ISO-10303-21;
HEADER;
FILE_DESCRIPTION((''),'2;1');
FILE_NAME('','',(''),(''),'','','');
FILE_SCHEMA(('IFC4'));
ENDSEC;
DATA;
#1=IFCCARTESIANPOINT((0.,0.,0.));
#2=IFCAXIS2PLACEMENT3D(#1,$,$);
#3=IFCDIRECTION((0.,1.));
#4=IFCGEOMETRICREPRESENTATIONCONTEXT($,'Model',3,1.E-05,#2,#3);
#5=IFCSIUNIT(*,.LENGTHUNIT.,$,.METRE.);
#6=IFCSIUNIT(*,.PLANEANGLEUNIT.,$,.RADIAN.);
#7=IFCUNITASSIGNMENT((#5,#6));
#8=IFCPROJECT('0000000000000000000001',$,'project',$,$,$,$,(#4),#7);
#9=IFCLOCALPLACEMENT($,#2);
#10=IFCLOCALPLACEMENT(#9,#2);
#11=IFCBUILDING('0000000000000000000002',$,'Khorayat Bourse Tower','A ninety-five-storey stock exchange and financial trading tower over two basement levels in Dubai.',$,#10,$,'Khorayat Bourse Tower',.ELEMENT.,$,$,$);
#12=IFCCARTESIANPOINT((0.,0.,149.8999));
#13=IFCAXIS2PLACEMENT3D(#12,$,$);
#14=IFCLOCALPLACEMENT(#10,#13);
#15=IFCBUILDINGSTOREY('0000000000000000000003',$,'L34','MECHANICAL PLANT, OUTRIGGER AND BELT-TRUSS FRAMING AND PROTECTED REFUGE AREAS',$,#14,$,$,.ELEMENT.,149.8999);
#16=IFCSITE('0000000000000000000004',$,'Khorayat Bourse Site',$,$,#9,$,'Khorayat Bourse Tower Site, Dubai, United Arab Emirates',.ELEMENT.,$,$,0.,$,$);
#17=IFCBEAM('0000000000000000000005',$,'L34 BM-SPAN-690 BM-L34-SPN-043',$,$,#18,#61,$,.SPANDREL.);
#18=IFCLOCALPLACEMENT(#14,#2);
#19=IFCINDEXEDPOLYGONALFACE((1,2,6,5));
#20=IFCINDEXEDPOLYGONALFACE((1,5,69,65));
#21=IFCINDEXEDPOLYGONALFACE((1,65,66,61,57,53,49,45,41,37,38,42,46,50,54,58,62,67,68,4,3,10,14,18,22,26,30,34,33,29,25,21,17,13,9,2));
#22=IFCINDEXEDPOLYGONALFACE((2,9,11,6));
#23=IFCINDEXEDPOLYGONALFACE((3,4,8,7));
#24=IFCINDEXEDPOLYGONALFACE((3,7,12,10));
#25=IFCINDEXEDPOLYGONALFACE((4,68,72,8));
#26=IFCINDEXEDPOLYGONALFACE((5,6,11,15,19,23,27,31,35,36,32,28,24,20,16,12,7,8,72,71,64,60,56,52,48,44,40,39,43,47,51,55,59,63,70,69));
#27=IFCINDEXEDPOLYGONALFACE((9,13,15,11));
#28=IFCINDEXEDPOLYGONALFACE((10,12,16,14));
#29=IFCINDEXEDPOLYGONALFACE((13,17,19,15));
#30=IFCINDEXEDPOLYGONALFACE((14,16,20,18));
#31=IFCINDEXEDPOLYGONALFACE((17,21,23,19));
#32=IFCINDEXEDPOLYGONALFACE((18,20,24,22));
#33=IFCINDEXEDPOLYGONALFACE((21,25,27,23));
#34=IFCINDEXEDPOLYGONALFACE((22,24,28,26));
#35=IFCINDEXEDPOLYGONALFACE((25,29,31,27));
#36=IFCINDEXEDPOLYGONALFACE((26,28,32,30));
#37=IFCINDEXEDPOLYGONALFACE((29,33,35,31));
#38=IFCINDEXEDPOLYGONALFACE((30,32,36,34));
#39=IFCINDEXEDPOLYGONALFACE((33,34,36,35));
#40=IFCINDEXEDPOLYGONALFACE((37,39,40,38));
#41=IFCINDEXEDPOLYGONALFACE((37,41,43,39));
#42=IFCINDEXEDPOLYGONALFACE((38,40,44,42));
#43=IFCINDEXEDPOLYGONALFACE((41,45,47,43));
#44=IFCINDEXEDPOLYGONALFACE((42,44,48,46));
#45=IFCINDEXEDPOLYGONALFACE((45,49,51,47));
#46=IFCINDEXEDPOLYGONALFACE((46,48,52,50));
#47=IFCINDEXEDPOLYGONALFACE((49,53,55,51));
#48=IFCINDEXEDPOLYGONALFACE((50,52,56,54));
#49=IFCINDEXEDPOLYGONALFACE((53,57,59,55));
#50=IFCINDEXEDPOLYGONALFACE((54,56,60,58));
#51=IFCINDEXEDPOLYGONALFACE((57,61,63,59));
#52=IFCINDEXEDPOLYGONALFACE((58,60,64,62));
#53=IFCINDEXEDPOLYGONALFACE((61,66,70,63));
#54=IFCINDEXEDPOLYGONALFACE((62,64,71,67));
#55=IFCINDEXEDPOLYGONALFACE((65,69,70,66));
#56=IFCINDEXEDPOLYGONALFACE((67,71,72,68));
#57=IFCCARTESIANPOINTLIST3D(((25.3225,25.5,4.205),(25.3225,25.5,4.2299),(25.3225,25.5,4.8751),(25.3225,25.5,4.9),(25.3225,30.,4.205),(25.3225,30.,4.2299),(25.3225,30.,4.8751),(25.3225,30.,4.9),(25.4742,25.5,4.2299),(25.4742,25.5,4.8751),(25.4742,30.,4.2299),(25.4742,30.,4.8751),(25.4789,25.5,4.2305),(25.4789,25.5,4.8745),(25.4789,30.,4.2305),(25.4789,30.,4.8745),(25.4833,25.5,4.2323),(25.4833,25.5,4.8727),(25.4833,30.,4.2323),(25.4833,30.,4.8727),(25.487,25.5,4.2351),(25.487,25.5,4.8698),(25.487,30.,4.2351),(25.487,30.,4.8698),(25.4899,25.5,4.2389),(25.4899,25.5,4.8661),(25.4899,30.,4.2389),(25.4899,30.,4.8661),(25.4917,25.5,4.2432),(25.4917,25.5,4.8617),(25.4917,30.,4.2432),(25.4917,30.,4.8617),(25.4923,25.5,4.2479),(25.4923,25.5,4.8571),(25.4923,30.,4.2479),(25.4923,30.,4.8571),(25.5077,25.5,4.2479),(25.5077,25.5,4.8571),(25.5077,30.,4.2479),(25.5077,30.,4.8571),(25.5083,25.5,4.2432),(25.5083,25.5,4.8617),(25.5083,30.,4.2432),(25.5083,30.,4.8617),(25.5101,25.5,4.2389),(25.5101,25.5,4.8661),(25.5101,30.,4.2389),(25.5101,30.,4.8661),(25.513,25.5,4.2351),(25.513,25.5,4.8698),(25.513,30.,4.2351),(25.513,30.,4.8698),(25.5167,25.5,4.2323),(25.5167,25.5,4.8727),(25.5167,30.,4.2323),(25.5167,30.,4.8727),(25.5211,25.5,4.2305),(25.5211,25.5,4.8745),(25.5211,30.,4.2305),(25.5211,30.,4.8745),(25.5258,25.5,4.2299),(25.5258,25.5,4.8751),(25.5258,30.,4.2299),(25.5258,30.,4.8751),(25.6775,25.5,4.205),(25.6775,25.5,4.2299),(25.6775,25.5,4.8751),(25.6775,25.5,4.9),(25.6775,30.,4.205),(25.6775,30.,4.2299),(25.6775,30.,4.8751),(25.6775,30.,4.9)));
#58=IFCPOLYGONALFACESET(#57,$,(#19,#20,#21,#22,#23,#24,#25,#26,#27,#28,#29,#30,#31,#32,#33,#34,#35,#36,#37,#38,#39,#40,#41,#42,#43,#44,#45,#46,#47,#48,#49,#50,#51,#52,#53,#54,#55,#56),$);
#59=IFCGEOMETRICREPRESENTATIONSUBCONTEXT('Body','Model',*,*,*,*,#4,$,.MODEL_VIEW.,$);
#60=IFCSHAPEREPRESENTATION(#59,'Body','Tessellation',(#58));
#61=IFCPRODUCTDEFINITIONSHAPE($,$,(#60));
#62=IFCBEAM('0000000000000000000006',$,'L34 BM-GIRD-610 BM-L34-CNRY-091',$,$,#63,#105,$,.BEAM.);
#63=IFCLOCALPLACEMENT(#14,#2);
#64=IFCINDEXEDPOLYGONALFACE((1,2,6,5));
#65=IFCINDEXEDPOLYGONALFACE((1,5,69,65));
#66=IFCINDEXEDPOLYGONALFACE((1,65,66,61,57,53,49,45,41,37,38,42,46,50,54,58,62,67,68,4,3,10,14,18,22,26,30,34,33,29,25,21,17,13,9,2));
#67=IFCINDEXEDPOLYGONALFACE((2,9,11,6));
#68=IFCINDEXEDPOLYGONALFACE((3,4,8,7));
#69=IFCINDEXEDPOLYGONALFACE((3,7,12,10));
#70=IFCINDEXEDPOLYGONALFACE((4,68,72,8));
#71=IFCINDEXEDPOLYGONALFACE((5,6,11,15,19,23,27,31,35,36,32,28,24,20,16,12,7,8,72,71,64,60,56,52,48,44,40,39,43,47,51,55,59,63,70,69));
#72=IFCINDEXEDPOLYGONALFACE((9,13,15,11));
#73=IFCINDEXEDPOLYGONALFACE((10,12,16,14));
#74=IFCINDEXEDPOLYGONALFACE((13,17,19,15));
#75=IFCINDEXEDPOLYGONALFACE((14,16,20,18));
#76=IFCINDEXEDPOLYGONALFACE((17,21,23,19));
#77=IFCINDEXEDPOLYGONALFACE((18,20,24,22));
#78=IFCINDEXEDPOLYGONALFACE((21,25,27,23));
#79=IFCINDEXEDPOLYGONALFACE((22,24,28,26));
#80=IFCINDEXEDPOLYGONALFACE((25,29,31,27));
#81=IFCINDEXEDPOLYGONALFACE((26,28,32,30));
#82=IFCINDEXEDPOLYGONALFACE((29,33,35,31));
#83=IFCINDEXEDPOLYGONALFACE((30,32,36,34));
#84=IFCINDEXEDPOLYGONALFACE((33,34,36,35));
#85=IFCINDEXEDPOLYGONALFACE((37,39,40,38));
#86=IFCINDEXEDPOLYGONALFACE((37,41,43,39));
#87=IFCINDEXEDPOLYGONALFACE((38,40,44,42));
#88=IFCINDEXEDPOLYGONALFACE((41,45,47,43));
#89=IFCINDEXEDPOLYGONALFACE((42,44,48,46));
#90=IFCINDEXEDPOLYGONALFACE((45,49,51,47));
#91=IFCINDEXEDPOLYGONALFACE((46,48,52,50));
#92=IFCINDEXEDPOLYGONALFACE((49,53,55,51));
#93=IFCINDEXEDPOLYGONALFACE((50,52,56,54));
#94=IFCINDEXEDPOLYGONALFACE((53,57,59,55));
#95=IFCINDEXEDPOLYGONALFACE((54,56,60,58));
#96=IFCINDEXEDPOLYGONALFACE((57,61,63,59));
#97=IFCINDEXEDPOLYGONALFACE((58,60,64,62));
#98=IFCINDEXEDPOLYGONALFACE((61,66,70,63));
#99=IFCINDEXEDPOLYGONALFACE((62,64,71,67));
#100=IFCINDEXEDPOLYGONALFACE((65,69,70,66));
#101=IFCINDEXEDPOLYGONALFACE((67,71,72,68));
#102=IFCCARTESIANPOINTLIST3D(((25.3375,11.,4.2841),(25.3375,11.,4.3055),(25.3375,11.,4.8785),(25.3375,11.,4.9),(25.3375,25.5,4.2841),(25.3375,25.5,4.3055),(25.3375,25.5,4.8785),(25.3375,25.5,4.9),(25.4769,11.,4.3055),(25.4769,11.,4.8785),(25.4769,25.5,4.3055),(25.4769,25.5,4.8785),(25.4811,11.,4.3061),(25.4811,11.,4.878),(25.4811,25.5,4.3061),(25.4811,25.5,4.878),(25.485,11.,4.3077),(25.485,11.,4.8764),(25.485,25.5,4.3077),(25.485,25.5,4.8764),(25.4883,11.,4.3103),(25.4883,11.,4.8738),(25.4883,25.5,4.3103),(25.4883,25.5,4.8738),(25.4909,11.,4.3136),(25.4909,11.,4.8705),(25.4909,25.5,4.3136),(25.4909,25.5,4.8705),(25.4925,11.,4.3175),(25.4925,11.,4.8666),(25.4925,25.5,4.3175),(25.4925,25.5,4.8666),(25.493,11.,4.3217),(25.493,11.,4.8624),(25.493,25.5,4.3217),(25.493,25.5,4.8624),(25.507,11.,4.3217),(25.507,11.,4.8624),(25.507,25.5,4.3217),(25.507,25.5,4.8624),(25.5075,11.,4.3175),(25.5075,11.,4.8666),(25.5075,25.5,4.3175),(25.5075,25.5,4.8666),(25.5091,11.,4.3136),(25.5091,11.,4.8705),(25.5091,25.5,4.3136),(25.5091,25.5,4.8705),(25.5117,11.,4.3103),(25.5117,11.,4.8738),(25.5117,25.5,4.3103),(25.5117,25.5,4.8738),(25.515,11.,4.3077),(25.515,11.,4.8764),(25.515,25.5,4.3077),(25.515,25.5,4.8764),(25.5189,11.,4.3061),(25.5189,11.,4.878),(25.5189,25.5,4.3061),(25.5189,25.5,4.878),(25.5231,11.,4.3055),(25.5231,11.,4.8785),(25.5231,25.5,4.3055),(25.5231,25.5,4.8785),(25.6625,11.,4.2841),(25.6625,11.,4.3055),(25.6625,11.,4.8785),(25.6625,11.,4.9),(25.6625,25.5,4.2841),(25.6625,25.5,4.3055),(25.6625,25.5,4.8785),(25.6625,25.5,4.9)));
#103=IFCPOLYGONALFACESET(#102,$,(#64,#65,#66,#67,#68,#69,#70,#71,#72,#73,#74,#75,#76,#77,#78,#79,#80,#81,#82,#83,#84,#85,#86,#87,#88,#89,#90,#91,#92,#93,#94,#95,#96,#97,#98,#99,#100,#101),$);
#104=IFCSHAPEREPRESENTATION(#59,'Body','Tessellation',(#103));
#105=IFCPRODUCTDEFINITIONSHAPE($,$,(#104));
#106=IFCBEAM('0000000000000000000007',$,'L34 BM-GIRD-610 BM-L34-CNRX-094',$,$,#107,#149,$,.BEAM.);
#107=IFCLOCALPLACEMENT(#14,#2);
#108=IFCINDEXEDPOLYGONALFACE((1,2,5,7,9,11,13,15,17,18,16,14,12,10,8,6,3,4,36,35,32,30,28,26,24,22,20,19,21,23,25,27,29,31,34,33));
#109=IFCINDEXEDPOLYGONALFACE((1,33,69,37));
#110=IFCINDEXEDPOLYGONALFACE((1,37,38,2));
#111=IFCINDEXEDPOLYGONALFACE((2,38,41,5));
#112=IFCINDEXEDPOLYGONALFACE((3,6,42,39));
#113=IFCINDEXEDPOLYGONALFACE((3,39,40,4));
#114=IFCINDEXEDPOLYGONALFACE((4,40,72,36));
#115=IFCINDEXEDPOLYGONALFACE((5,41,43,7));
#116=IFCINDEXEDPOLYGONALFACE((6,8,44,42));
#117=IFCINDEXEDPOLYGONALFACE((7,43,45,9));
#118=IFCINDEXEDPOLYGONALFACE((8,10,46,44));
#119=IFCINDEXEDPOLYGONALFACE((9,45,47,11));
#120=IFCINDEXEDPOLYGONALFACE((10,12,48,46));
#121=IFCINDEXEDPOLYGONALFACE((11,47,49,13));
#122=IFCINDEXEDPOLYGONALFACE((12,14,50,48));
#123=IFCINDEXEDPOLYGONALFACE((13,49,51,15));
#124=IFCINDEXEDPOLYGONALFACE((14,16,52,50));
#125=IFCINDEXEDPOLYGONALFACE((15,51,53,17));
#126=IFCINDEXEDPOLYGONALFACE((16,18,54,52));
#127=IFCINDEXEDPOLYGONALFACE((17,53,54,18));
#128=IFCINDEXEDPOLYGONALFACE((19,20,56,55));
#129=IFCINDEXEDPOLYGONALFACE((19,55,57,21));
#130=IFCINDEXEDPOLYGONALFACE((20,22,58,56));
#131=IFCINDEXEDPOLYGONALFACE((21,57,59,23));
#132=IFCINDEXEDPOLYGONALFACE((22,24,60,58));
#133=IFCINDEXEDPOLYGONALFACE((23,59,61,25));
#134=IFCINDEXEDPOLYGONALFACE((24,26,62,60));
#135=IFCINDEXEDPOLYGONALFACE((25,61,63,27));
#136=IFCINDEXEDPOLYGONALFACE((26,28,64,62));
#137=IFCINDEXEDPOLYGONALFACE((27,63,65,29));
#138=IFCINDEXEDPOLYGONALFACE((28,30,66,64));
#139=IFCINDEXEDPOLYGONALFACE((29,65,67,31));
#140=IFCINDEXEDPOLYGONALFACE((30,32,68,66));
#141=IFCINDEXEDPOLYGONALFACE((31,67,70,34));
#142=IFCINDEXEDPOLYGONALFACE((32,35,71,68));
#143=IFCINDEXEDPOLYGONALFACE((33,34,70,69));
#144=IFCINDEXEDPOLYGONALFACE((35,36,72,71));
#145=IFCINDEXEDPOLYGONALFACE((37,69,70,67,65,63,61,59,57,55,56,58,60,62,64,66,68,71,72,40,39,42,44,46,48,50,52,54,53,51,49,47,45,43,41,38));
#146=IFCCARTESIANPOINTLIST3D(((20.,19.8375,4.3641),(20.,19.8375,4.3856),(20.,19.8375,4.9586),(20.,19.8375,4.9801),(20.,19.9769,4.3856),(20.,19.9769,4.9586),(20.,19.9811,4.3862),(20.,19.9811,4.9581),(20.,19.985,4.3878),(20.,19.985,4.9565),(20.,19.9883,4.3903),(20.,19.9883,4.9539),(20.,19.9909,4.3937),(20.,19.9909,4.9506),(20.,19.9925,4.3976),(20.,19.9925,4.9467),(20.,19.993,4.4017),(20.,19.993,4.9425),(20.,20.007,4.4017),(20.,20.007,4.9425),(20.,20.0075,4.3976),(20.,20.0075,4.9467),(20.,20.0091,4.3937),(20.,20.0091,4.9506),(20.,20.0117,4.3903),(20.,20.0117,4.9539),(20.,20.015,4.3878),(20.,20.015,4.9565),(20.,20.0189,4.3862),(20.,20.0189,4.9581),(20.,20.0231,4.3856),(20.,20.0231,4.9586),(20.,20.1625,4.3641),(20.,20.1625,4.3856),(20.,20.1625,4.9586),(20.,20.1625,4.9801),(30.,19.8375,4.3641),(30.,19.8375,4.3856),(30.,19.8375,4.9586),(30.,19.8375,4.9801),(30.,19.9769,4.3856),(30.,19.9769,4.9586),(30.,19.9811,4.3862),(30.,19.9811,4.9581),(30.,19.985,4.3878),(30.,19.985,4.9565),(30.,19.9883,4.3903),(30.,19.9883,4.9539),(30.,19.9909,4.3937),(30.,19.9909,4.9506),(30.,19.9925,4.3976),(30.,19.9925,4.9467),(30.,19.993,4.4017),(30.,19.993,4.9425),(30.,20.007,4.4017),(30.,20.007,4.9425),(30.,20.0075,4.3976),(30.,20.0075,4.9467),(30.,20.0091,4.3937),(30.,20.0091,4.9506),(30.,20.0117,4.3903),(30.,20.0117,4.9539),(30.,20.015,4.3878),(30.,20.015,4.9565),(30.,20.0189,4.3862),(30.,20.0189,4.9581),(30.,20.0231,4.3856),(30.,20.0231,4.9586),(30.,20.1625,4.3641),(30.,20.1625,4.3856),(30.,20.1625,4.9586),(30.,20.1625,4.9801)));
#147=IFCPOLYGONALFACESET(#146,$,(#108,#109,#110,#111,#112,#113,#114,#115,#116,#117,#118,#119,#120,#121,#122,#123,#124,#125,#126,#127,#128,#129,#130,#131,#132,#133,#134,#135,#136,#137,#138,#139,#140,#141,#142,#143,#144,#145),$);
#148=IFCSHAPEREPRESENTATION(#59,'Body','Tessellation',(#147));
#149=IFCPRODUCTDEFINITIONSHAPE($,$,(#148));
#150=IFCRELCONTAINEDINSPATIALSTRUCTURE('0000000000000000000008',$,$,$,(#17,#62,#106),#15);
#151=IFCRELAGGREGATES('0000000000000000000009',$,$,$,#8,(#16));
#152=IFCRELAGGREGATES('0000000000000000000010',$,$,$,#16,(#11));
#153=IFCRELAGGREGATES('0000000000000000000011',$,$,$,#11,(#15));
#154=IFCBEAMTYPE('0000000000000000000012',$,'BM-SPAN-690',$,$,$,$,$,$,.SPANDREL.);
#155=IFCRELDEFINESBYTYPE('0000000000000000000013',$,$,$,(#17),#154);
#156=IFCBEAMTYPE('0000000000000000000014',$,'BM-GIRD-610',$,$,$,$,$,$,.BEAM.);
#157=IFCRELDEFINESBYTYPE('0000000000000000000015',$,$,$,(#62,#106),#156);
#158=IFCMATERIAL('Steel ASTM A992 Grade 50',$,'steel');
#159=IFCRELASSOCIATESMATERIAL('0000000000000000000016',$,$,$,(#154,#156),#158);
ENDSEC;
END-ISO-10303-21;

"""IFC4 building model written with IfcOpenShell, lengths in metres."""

from ifc_helpers import new_model, si_unit, direction, frame, origin, origin_2d, place, context, subcontext, project, spatial, i_section, extrude, source, transform, mapped, material, material_profile, profile_set, type_object, element, save


model = new_model("IFC4")

# Units and contexts
model_context = context("Model", 3, precision=1e-05, world=origin(), true_north=direction((0.0, 1.0)))
body_context = subcontext(model_context, "Body", "Model", "MODEL_VIEW")
ifc_project = project(units=[si_unit("LENGTHUNIT", "METRE"), si_unit("PLANEANGLEUNIT", "RADIAN")], contexts=[model_context])

# Site, building, storey
site_placement = place(None, origin())
site = spatial("IfcSite", under=ifc_project, at=site_placement, Name="Khorayat Bourse Site", LongName="Khorayat Bourse Tower Site, Dubai, United Arab Emirates", CompositionType="ELEMENT", RefElevation=0.0)
building_placement = place(site_placement, origin())
building = spatial("IfcBuilding", under=site, at=building_placement, Name="Khorayat Bourse Tower", Description="A ninety-five-storey stock exchange and financial trading tower over two basement levels in Dubai.", LongName="Khorayat Bourse Tower", CompositionType="ELEMENT")
storey_placement = place(building_placement, frame((0.0, 0.0, 149.8999)))
storey = spatial("IfcBuildingStorey", under=building, at=storey_placement, Name="L34", Description="MECHANICAL PLANT, OUTRIGGER AND BELT-TRUSS FRAMING AND PROTECTED REFUGE AREAS", CompositionType="ELEMENT", Elevation=149.8999)

# Beams
ifc_material_1 = material(Name="Steel ASTM A992 Grade 50", Category="steel")
ifc_material_profile_1 = material_profile(ifc_material_1, i_section(OverallWidth=0.355, OverallDepth=0.6951, WebThickness=0.0154, FlangeThickness=0.0249, FilletRadius=0.0181, at=origin_2d()), Name="W690X217")
ifc_profile_set_1 = profile_set([ifc_material_profile_1], Name="Steel ASTM A992 Grade 50")
beam_type_1 = type_object("IfcBeamType", Name="BM-SPAN-690", PredefinedType="SPANDREL", material=ifc_profile_set_1)
shared_shape_1 = source(origin(), body_context, "Body", "SweptSolid", [
    extrude(i_section(OverallWidth=0.355, OverallDepth=0.6951, WebThickness=0.0154, FlangeThickness=0.0249, FilletRadius=0.0181, at=origin_2d()), origin(), (0.0, 0.0, 1.0), 4.5),
])
for number, where, z_axis, x_axis, name in (
    (1, (25.5, 25.5, 4.5525), (0.0, 1.0, 0.0), (-1.0, 0.0, 0.0), "L34 BM-SPAN-690 BM-L34-SPN-043"),
):
    element("IfcBeam", number, at=place(storey_placement, frame(where, z_axis=z_axis, x_axis=x_axis)), inside=storey, type_object=beam_type_1, Name=name, PredefinedType="SPANDREL", context=body_context, shape_type="MappedRepresentation", body=[
        mapped(shared_shape_1, transform((0.0, 0.0, 0.0), scale=1.0)),
    ])
ifc_material_profile_2 = material_profile(ifc_material_1, i_section(OverallWidth=0.325, OverallDepth=0.616, WebThickness=0.0139, FlangeThickness=0.0215, FilletRadius=0.0161, at=origin_2d()), Name="W610X174")
ifc_profile_set_2 = profile_set([ifc_material_profile_2], Name="Steel ASTM A992 Grade 50")
beam_type_2 = type_object("IfcBeamType", Name="BM-GIRD-610", PredefinedType="BEAM", material=ifc_profile_set_2)
shared_shape_2 = source(origin(), body_context, "Body", "SweptSolid", [
    extrude(i_section(OverallWidth=0.325, OverallDepth=0.616, WebThickness=0.0139, FlangeThickness=0.0215, FilletRadius=0.0161, at=origin_2d()), origin(), (0.0, 0.0, 1.0), 14.5),
])
beam_1_placement = place(storey_placement, frame((25.5, 11.0, 4.592), z_axis=(0.0, 1.0, 0.0), x_axis=(-1.0, 0.0, 0.0)))
element("IfcBeam", 2, at=beam_1_placement, inside=storey, type_object=beam_type_2, Name="L34 BM-GIRD-610 BM-L34-CNRY-091", PredefinedType="BEAM", context=body_context, shape_type="MappedRepresentation", body=[
    mapped(shared_shape_2, transform((0.0, 0.0, 0.0), scale=1.0)),
])
shared_shape_3 = source(origin(), body_context, "Body", "SweptSolid", [
    extrude(i_section(OverallWidth=0.325, OverallDepth=0.616, WebThickness=0.0139, FlangeThickness=0.0215, FilletRadius=0.0161, at=origin_2d()), origin(), (0.0, 0.0, 1.0), 10.0),
])
beam_2_placement = place(storey_placement, frame((20.0, 20.0, 4.6721), z_axis=(1.0, 0.0, 0.0), x_axis=(0.0, 1.0, 0.0)))
element("IfcBeam", 3, at=beam_2_placement, inside=storey, type_object=beam_type_2, Name="L34 BM-GIRD-610 BM-L34-CNRX-094", PredefinedType="BEAM", context=body_context, shape_type="MappedRepresentation", body=[
    mapped(shared_shape_3, transform((0.0, 0.0, 0.0), scale=1.0)),
])

save(model, "model.ifc")
